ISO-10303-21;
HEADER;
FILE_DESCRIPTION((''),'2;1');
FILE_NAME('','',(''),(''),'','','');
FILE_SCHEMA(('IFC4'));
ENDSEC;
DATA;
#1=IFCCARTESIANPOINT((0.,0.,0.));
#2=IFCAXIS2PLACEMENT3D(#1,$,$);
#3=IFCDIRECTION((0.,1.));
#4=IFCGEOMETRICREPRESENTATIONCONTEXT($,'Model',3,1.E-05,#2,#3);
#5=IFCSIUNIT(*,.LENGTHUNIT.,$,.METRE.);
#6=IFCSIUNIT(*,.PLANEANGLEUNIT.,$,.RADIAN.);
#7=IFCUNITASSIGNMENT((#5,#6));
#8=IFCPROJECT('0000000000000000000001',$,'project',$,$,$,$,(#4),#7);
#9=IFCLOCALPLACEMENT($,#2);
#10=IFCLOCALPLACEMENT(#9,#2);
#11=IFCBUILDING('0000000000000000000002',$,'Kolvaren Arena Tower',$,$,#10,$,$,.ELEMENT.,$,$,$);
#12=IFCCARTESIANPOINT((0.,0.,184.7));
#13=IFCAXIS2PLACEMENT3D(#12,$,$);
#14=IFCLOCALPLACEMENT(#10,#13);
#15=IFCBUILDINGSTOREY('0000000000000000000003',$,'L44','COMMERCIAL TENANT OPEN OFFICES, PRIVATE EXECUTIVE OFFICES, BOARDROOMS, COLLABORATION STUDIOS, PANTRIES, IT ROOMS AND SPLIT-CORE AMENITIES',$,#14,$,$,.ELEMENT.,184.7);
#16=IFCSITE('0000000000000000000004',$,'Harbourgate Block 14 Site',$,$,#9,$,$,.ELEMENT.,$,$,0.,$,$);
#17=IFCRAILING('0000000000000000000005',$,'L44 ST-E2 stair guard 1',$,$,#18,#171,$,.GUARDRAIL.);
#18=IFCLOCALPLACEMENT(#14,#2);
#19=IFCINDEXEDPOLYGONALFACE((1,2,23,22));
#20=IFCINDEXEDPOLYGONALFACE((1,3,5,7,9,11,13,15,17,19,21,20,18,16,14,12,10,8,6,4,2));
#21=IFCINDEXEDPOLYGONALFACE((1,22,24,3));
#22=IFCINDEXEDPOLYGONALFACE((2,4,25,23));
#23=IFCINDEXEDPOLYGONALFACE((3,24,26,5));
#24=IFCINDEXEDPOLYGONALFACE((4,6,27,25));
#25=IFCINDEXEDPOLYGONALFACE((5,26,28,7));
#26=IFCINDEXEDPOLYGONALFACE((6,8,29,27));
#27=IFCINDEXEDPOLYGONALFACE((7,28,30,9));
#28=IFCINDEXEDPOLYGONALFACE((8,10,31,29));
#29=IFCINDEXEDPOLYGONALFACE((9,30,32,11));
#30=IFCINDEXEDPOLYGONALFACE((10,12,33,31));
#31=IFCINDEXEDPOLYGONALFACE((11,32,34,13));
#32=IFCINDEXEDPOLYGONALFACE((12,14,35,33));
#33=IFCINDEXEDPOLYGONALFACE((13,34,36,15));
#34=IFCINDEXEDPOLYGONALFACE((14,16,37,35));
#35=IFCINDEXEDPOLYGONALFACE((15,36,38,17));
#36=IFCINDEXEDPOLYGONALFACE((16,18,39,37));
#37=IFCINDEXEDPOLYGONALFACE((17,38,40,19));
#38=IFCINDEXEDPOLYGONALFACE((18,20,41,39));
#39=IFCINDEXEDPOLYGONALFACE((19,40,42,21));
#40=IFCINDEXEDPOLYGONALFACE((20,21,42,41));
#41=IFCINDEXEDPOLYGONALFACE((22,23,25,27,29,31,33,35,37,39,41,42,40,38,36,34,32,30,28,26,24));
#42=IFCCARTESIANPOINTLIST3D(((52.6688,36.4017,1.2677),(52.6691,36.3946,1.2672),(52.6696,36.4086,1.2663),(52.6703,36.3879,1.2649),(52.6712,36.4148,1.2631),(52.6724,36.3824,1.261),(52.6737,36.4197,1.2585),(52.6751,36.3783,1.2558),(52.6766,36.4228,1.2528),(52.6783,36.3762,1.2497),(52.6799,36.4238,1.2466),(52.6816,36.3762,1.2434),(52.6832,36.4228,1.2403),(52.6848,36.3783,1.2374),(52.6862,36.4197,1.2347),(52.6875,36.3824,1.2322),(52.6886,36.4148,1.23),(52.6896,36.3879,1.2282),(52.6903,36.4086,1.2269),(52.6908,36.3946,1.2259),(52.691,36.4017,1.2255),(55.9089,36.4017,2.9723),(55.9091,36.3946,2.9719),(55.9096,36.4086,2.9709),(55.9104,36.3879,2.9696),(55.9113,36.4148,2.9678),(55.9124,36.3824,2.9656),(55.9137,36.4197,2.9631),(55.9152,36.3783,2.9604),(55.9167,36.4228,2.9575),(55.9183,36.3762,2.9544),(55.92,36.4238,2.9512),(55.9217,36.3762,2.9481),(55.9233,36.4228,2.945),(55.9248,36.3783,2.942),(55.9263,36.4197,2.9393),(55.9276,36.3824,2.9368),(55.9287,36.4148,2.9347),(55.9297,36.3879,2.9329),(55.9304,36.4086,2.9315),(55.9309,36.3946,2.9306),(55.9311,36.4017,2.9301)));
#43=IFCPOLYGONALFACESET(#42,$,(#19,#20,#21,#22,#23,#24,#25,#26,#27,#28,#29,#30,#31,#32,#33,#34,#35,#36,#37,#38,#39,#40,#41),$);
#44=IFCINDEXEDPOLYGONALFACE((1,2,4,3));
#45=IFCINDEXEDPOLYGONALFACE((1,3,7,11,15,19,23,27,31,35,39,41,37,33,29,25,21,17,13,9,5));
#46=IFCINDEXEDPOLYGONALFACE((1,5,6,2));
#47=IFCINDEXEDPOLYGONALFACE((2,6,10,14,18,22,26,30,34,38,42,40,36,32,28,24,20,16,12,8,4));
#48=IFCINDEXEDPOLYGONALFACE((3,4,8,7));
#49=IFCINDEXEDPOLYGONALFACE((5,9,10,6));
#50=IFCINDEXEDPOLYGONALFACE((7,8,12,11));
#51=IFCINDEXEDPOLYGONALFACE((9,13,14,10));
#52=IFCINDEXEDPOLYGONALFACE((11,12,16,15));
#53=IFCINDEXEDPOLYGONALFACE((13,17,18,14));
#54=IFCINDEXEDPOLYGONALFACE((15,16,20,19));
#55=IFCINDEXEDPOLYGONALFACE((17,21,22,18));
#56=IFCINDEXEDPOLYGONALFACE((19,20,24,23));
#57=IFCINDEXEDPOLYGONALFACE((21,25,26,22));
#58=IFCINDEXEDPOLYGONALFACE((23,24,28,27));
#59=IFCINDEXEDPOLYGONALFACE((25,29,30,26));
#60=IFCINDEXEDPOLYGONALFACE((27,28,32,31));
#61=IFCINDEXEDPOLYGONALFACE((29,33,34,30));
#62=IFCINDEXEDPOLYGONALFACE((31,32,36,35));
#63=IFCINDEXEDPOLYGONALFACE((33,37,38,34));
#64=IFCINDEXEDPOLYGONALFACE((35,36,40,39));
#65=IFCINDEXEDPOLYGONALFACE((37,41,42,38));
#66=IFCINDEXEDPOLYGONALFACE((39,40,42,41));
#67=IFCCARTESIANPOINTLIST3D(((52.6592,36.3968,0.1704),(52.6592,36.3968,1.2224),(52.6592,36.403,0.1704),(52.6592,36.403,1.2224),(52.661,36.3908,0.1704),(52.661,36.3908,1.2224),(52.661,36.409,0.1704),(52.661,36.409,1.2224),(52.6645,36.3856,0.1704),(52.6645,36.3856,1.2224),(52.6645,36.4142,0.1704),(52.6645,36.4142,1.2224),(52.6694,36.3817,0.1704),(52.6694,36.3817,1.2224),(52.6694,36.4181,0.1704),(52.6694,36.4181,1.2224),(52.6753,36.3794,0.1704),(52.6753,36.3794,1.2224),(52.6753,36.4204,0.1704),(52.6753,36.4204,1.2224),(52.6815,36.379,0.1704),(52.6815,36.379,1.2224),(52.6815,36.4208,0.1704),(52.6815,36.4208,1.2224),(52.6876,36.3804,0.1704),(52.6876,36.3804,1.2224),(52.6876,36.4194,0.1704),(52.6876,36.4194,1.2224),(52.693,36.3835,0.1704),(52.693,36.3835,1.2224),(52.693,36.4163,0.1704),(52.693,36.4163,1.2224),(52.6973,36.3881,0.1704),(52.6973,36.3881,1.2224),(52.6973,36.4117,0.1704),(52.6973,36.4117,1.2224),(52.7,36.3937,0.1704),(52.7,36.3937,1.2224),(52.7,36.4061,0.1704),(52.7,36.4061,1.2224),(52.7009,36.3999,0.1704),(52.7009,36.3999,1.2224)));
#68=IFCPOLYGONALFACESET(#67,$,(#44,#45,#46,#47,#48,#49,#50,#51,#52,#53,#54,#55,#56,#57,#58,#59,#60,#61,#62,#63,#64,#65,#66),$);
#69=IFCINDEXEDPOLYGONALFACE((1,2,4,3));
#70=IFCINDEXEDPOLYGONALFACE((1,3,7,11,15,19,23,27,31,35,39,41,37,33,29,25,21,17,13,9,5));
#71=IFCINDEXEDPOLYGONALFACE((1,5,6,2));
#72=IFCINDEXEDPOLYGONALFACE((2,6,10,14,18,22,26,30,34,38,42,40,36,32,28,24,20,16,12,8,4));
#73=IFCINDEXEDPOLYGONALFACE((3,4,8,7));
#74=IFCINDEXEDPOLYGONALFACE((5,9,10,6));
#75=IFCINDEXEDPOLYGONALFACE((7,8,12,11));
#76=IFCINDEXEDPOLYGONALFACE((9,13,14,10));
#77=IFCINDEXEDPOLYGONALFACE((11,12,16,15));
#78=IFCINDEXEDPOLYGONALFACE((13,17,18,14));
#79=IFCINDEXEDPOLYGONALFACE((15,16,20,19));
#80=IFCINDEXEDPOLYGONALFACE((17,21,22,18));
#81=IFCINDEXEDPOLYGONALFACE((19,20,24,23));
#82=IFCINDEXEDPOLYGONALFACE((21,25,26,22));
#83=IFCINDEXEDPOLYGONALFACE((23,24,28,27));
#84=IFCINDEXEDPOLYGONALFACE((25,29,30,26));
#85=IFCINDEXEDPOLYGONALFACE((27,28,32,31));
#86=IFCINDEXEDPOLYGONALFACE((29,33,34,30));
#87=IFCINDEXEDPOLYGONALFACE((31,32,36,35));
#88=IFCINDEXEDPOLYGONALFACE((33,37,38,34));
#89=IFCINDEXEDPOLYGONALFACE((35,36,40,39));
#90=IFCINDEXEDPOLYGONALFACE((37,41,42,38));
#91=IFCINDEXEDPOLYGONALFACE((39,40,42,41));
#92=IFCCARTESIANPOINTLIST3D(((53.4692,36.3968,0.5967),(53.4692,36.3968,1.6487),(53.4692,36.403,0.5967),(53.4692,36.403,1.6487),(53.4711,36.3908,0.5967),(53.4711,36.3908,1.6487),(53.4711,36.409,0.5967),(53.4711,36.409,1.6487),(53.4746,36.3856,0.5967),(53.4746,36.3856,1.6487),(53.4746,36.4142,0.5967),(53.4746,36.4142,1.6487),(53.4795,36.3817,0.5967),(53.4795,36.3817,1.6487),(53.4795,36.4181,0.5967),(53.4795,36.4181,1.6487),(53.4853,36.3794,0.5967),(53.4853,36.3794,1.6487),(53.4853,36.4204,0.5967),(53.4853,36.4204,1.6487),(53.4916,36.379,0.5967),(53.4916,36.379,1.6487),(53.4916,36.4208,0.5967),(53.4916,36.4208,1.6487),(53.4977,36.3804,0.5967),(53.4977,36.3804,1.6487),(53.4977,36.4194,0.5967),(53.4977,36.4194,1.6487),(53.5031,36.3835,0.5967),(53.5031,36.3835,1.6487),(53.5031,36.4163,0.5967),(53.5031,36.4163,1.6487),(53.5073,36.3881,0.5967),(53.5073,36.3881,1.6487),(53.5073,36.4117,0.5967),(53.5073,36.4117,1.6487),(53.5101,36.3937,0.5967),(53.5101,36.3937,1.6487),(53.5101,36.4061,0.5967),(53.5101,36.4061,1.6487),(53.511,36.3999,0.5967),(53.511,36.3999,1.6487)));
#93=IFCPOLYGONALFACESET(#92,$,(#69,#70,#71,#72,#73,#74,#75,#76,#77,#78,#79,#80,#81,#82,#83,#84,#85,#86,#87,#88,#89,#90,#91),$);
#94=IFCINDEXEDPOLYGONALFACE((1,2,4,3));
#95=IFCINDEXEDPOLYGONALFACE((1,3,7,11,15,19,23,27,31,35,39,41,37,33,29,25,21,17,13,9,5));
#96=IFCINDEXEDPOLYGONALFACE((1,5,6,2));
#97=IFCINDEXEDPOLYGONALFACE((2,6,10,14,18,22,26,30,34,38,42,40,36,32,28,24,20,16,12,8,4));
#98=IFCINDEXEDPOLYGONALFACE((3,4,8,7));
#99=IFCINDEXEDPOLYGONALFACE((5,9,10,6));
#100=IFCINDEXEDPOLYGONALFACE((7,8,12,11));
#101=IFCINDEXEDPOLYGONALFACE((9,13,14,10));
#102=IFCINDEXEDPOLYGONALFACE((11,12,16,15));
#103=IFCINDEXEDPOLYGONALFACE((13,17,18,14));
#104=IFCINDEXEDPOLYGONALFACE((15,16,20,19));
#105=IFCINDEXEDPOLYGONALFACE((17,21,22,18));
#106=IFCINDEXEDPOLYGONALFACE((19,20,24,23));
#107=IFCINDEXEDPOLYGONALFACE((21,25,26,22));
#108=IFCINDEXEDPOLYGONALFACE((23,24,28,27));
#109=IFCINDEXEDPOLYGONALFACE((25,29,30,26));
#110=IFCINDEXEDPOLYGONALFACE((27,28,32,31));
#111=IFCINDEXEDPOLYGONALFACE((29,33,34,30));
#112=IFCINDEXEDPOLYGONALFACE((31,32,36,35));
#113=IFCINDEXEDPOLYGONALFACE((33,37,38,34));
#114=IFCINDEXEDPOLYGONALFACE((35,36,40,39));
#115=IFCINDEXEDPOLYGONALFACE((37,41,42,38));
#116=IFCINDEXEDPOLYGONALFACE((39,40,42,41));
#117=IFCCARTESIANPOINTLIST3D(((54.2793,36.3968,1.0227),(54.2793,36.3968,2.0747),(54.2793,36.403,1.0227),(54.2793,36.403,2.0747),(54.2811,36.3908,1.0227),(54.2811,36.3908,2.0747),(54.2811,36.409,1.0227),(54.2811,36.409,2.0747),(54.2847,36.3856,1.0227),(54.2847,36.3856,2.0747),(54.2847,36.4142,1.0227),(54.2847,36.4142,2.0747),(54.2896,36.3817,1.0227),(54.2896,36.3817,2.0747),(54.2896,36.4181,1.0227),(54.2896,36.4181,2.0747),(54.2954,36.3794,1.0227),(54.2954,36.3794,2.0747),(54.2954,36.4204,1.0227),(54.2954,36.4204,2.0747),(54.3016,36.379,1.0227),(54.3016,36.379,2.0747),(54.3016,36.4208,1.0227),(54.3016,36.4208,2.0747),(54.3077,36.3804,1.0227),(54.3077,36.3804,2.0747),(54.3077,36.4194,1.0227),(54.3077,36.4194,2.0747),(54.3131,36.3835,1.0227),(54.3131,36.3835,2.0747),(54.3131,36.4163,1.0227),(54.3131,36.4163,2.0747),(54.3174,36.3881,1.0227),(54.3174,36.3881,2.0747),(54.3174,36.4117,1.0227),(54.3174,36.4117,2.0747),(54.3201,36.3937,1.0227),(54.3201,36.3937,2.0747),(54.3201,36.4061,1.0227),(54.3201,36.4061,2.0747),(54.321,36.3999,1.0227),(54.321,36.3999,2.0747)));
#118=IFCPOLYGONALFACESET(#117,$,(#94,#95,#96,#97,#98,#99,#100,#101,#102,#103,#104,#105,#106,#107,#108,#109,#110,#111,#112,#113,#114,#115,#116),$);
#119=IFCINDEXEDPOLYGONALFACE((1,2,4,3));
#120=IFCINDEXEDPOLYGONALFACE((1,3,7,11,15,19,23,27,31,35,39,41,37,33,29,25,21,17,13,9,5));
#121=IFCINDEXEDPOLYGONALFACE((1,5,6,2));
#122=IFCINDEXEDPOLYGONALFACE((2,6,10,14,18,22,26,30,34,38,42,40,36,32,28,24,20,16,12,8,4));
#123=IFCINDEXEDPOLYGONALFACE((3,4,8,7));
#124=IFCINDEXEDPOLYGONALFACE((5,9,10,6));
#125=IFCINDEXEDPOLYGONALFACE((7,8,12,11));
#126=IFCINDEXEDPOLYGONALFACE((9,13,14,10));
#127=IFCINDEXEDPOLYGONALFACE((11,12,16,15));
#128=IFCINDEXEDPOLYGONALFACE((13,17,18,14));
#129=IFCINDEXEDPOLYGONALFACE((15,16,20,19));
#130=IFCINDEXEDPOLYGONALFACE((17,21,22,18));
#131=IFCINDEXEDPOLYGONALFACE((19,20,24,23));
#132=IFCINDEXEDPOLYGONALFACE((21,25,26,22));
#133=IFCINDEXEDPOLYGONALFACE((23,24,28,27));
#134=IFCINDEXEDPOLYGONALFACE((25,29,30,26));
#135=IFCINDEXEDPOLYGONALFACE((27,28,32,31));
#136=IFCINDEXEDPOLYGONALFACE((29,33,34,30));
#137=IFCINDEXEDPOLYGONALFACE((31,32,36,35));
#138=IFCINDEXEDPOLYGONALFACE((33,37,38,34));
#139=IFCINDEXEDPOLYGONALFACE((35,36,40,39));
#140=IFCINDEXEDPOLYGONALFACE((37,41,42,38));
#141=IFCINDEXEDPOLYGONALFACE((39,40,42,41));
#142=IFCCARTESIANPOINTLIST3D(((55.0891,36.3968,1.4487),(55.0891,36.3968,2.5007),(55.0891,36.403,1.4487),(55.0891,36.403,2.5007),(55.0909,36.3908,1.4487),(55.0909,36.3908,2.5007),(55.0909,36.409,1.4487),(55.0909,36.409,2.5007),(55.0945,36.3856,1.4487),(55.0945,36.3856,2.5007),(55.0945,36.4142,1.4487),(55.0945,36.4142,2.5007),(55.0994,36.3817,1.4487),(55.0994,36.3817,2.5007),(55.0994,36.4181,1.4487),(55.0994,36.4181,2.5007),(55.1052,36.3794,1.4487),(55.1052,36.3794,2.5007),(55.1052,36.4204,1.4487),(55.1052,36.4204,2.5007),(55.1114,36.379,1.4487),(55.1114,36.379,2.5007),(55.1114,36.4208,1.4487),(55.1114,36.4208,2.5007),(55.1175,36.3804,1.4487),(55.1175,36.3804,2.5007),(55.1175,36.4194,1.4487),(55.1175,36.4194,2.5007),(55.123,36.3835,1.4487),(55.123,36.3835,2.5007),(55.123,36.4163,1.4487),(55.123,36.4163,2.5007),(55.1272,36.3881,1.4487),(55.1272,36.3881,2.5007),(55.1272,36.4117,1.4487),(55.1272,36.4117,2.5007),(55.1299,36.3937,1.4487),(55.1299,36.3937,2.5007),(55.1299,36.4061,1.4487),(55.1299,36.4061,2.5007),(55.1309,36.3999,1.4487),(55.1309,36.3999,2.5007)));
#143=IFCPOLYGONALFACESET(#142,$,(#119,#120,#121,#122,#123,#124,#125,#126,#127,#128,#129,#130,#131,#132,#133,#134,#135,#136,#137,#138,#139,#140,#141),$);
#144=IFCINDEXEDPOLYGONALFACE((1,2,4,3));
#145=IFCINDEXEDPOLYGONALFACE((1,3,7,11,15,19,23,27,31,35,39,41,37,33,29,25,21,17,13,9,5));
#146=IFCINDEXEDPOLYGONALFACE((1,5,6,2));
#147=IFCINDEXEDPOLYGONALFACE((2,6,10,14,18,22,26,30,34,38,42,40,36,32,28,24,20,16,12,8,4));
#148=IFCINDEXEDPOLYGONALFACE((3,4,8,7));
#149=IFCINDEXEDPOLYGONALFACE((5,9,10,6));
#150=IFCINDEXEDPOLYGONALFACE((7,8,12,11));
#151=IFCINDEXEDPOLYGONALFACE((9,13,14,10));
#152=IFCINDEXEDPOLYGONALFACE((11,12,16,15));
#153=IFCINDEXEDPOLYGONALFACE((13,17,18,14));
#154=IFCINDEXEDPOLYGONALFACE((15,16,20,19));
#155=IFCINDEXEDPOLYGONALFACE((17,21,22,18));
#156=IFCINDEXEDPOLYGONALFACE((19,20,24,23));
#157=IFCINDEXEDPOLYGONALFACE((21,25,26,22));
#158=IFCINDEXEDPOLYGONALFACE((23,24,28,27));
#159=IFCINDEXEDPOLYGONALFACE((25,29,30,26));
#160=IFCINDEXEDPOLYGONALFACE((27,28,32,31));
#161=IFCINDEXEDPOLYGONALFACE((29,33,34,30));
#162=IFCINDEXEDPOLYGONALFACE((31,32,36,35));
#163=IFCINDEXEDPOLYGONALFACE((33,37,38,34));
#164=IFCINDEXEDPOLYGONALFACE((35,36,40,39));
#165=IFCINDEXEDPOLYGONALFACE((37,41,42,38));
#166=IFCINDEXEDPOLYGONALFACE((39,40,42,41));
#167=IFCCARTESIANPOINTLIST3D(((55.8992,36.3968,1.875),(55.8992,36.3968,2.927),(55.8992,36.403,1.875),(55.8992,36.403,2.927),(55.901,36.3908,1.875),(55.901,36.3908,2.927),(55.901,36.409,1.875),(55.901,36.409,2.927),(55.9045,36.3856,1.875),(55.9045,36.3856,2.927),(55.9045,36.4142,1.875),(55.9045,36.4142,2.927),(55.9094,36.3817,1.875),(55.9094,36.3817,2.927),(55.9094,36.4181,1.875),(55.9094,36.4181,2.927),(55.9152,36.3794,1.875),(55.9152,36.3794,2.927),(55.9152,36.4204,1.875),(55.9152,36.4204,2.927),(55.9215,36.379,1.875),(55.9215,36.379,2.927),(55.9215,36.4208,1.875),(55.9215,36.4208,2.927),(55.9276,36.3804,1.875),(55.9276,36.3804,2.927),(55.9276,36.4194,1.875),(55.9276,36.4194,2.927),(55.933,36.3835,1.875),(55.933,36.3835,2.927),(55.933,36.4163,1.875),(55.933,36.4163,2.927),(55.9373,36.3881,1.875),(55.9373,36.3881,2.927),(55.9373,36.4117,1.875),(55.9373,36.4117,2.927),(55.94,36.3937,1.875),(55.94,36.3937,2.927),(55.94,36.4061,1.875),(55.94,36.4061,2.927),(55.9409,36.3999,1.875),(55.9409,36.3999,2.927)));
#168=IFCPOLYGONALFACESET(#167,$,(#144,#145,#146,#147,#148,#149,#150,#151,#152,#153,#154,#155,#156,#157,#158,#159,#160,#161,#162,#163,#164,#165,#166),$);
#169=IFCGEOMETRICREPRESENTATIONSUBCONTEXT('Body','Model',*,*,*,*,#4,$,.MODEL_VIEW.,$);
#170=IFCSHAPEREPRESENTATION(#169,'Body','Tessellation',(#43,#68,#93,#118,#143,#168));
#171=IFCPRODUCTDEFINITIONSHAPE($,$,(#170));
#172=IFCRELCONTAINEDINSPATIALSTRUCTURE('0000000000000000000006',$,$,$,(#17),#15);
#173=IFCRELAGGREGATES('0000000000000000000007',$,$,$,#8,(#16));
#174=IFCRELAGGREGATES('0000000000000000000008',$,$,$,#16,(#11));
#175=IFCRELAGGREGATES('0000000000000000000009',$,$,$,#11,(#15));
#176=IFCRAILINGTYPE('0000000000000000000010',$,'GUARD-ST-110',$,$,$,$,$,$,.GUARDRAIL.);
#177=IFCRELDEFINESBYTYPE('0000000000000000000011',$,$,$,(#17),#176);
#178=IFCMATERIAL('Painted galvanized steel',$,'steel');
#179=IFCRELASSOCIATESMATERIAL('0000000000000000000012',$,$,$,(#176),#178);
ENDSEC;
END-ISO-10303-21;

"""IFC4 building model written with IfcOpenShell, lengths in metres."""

from ifc_helpers import new_model, si_unit, direction, frame, origin, origin_2d, place, context, subcontext, project, spatial, circle, extrude, material, type_object, element, save


model = new_model("IFC4")

# Units and contexts
model_context = context("Model", 3, precision=1e-05, world=origin(), true_north=direction((0.0, 1.0)))
body_context = subcontext(model_context, "Body", "Model", "MODEL_VIEW")
ifc_project = project(units=[si_unit("LENGTHUNIT", "METRE"), si_unit("PLANEANGLEUNIT", "RADIAN")], contexts=[model_context])

# Site, building, storey
site_placement = place(None, origin())
site = spatial("IfcSite", under=ifc_project, at=site_placement, Name="Harbourgate Block 14 Site", CompositionType="ELEMENT", RefElevation=0.0)
building_placement = place(site_placement, origin())
building = spatial("IfcBuilding", under=site, at=building_placement, Name="Kolvaren Arena Tower", CompositionType="ELEMENT")
storey_placement = place(building_placement, frame((0.0, 0.0, 184.7)))
storey = spatial("IfcBuildingStorey", under=building, at=storey_placement, Name="L44", Description="COMMERCIAL TENANT OPEN OFFICES, PRIVATE EXECUTIVE OFFICES, BOARDROOMS, COLLABORATION STUDIOS, PANTRIES, IT ROOMS AND SPLIT-CORE AMENITIES", CompositionType="ELEMENT", Elevation=184.7)

# Railing
ifc_material_1 = material(Name="Painted galvanized steel", Category="steel")
railing_type_1 = type_object("IfcRailingType", Name="GUARD-ST-110", PredefinedType="GUARDRAIL", material=ifc_material_1)
railing_1_placement = place(storey_placement, frame((52.6799, 36.3999, 0.1704)))
element("IfcRailing", 1, at=railing_1_placement, inside=storey, type_object=railing_type_1, Name="L44 ST-E2 stair guard 1", PredefinedType="GUARDRAIL", context=body_context, shape_type="SweptSolid", body=[
    extrude(circle(Radius=0.0239, at=origin_2d()), frame((0.0, 0.0, 1.0762), z_axis=(0.884993, 0.0, 0.465604), x_axis=(0.0, 1.0, 0.0)), (0.0, 0.0, 1.0), 3.6611),
    extrude(circle(Radius=0.021, at=origin_2d()), origin(), (0.0, 0.0, 1.0), 1.052),
    extrude(circle(Radius=0.021, at=origin_2d()), frame((0.8101, 0.0, 0.4263)), (0.0, 0.0, 1.0), 1.052),
    extrude(circle(Radius=0.021, at=origin_2d()), frame((1.6201, 0.0, 0.8523)), (0.0, 0.0, 1.0), 1.052),
    extrude(circle(Radius=0.021, at=origin_2d()), frame((2.4299, 0.0, 1.2783)), (0.0, 0.0, 1.0), 1.052),
    extrude(circle(Radius=0.021, at=origin_2d()), frame((3.24, 0.0, 1.7046)), (0.0, 0.0, 1.0), 1.052),
])

save(model, "model.ifc")
